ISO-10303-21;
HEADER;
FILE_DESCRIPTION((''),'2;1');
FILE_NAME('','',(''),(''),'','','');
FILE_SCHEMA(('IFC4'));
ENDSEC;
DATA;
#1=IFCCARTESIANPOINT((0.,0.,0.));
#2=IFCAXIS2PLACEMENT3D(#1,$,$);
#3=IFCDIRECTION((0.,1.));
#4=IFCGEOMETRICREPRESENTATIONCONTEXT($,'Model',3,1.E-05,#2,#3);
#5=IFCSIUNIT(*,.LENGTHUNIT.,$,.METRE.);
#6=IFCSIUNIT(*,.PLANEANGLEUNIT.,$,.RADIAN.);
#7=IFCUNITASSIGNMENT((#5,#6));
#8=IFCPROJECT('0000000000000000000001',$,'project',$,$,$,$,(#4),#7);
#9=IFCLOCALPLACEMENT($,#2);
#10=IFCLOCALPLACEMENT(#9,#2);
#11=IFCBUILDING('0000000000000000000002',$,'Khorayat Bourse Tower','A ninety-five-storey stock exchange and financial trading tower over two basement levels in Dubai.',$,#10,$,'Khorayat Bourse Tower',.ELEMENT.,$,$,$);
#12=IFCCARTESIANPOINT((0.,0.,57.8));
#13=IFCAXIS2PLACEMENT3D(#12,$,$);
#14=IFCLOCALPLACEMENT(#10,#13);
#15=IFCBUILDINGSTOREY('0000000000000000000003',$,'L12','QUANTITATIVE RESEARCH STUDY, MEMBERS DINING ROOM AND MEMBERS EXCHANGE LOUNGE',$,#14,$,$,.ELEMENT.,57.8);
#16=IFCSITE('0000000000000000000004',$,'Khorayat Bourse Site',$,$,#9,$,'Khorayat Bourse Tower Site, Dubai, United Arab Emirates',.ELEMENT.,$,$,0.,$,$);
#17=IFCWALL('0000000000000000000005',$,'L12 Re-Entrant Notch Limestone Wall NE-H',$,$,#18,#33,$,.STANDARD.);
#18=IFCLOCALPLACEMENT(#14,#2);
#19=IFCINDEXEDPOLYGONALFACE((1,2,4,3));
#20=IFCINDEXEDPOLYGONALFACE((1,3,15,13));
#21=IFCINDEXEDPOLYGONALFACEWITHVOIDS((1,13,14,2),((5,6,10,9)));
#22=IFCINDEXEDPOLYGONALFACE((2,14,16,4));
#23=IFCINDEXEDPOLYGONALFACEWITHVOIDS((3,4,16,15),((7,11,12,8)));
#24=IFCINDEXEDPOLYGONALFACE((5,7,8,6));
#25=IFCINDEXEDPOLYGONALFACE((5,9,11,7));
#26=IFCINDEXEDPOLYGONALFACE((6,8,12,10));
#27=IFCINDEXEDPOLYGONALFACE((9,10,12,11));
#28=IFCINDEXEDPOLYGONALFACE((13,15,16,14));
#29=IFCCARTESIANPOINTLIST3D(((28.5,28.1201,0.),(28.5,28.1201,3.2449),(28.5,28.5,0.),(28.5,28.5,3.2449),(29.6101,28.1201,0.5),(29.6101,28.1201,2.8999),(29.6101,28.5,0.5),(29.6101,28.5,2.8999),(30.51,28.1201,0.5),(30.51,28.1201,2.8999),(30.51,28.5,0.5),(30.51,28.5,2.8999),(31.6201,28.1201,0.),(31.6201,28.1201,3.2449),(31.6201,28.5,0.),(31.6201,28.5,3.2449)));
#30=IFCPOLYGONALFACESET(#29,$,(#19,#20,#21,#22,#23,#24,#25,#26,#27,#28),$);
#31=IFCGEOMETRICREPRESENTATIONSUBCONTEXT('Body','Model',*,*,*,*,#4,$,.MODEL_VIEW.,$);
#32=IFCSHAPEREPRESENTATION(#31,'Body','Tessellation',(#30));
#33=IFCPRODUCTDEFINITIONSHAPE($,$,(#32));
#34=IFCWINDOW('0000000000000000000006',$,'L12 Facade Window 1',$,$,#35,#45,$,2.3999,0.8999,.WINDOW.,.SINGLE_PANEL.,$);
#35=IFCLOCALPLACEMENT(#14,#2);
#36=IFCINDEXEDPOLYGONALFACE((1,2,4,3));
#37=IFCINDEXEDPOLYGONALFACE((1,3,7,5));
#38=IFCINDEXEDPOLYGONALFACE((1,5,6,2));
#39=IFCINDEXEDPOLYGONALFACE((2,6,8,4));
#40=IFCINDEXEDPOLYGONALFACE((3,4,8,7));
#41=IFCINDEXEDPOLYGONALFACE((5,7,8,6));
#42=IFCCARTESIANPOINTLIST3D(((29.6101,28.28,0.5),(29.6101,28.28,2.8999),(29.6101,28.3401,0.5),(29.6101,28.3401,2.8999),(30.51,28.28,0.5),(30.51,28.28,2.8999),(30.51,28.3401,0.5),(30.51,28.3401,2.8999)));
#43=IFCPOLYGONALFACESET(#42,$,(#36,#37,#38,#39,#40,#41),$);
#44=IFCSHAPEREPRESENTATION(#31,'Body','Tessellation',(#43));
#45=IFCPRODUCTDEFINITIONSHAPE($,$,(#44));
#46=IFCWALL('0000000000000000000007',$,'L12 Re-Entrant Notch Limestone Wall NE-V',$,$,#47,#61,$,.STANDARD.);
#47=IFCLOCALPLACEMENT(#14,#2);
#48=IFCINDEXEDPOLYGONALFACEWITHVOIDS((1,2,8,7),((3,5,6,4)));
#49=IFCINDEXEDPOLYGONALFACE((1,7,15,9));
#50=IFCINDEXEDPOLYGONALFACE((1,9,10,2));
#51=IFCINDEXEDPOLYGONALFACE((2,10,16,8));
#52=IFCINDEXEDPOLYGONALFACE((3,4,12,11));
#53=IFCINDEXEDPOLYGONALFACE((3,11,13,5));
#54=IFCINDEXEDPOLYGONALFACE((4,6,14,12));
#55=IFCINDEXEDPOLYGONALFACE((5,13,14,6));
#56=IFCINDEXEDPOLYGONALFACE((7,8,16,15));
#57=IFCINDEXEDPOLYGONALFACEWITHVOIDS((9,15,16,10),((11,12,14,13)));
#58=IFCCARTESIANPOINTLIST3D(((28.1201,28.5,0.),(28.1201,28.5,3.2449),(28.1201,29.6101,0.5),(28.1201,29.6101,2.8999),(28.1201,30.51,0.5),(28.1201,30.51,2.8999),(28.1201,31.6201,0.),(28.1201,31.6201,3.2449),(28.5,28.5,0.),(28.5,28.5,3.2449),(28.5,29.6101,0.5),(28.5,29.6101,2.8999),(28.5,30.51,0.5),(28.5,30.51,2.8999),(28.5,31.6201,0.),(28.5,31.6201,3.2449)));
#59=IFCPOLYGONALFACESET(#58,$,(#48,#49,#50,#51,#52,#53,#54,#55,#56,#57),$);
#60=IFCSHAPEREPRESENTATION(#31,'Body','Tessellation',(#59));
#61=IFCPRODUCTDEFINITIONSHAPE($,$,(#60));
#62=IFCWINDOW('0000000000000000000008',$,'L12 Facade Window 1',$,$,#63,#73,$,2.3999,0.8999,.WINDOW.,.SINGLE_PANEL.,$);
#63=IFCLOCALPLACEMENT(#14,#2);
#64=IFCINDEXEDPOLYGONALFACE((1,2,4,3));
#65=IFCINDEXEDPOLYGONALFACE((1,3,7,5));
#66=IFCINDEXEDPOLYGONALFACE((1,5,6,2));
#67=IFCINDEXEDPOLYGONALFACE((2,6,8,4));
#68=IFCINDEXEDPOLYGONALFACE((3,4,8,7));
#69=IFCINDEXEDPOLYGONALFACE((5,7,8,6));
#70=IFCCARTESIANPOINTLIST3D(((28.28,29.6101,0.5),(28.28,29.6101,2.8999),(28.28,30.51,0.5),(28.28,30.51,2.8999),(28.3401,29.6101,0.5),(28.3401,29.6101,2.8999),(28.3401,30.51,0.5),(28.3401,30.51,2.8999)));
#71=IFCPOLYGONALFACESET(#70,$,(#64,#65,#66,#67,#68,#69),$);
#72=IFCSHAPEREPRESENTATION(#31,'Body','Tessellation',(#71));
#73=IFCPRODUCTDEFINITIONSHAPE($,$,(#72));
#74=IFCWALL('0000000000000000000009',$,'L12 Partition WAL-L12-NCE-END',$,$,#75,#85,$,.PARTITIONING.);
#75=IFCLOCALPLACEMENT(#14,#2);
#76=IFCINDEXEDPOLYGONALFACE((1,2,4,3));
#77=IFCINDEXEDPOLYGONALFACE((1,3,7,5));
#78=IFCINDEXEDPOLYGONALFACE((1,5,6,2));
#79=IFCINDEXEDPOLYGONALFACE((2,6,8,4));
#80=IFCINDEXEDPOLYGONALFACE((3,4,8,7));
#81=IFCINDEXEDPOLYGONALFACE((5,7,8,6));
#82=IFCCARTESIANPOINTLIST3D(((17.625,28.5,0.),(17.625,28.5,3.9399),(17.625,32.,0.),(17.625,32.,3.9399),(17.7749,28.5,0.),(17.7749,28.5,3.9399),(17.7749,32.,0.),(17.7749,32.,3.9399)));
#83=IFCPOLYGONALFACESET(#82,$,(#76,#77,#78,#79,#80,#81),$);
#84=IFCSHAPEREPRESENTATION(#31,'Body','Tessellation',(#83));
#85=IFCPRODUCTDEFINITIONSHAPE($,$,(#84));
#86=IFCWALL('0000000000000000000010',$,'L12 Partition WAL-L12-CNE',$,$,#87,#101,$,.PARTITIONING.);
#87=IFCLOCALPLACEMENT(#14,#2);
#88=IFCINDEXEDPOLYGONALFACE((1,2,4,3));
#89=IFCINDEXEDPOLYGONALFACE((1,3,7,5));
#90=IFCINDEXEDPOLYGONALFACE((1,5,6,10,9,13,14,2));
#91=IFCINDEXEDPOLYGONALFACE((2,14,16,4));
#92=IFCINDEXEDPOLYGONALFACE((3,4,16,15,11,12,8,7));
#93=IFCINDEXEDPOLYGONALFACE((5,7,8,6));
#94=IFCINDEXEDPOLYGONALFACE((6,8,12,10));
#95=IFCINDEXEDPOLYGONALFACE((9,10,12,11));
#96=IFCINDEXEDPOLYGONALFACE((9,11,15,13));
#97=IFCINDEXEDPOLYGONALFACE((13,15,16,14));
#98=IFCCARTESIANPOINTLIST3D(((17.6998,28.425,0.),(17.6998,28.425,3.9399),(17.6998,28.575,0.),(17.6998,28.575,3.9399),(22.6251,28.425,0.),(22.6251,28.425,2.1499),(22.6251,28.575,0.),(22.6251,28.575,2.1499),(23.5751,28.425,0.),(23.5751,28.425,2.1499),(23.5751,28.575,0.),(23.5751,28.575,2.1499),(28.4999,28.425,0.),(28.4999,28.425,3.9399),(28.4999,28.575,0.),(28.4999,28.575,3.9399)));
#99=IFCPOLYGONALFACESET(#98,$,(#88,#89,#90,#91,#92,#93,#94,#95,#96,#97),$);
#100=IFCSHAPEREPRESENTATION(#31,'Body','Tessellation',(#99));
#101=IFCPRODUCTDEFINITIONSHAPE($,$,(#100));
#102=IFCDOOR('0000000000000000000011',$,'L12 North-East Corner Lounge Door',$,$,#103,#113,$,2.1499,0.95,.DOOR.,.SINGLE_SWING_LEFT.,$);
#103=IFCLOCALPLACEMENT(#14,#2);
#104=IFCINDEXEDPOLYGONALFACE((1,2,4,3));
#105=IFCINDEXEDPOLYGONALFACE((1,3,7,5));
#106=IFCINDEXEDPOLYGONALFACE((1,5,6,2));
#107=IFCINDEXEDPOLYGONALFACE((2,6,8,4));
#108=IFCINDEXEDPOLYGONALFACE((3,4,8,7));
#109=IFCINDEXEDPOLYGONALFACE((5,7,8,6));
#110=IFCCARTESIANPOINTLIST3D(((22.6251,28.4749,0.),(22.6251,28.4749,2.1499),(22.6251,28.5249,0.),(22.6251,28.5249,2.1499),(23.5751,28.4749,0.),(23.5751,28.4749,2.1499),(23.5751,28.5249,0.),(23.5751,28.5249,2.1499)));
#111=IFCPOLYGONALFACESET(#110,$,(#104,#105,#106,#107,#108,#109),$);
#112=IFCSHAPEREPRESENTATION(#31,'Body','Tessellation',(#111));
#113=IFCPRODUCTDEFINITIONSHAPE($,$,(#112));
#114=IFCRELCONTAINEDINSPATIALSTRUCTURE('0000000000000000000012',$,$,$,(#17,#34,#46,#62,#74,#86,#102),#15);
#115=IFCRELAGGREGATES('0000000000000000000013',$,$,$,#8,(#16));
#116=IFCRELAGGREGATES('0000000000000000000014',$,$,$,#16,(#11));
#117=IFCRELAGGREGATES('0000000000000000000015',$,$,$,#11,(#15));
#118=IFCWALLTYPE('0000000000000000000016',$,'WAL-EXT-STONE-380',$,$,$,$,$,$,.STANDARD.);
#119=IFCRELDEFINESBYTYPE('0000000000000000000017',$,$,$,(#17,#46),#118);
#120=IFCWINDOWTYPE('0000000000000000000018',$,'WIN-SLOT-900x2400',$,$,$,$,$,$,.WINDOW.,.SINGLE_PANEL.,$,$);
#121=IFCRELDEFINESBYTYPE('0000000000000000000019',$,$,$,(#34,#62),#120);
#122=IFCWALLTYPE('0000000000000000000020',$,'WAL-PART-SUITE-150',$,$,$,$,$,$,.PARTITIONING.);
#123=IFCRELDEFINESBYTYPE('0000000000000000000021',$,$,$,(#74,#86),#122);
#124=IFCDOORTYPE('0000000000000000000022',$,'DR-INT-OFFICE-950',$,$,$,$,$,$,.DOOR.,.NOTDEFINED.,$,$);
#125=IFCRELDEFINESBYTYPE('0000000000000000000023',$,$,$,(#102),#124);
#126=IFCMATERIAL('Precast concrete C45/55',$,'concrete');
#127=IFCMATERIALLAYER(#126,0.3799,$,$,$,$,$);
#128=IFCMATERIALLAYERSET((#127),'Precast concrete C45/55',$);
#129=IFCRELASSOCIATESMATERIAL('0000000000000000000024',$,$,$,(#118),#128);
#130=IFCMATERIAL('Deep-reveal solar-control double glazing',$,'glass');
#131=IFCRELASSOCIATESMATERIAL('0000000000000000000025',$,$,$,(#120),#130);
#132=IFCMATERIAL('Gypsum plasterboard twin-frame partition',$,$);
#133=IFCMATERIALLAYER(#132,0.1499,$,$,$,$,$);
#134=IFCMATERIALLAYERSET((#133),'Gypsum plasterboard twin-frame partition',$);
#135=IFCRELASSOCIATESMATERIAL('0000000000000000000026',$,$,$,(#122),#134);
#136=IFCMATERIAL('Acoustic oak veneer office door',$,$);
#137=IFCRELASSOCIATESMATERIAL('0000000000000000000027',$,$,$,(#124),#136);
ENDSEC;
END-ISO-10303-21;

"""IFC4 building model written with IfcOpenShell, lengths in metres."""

from ifc_helpers import new_model, si_unit, direction, frame, frame_2d, origin, place, context, subcontext, project, spatial, rectangle, extrude, source, transform, mapped, material, layer, layer_set, type_object, element, fill, save


model = new_model("IFC4")

# Units and contexts
model_context = context("Model", 3, precision=1e-05, world=origin(), true_north=direction((0.0, 1.0)))
body_context = subcontext(model_context, "Body", "Model", "MODEL_VIEW")
ifc_project = project(units=[si_unit("LENGTHUNIT", "METRE"), si_unit("PLANEANGLEUNIT", "RADIAN")], contexts=[model_context])

# Site, building, storey
site_placement = place(None, origin())
site = spatial("IfcSite", under=ifc_project, at=site_placement, Name="Khorayat Bourse Site", LongName="Khorayat Bourse Tower Site, Dubai, United Arab Emirates", CompositionType="ELEMENT", RefElevation=0.0)
building_placement = place(site_placement, origin())
building = spatial("IfcBuilding", under=site, at=building_placement, Name="Khorayat Bourse Tower", Description="A ninety-five-storey stock exchange and financial trading tower over two basement levels in Dubai.", LongName="Khorayat Bourse Tower", CompositionType="ELEMENT")
storey_placement = place(building_placement, frame((0.0, 0.0, 57.8)))
storey = spatial("IfcBuildingStorey", under=building, at=storey_placement, Name="L12", Description="QUANTITATIVE RESEARCH STUDY, MEMBERS DINING ROOM AND MEMBERS EXCHANGE LOUNGE", CompositionType="ELEMENT", Elevation=57.8)

# Walls, openings, windows
ifc_material_1 = material(Name="Precast concrete C45/55", Category="concrete")
ifc_layer_1 = layer(ifc_material_1, 0.3799)
ifc_layer_set_1 = layer_set([ifc_layer_1], Name="Precast concrete C45/55")
wall_type_1 = type_object("IfcWallType", Name="WAL-EXT-STONE-380", PredefinedType="STANDARD", material=ifc_layer_set_1)
shared_shape_1 = source(origin(), body_context, "Body", "SweptSolid", [
    extrude(rectangle(XDim=3.1201, YDim=0.3799, at=frame_2d((1.5601, 0.0))), origin(), (0.0, 0.0, 1.0), 3.2449),
])
wall_1_placement = place(storey_placement, frame((28.5, 28.3101, 0.0), z_axis=(0.0, 0.0, 1.0), x_axis=(1.0, 0.0, 0.0)))
wall_1 = element("IfcWall", 1, at=wall_1_placement, inside=storey, type_object=wall_type_1, Name="L12 Re-Entrant Notch Limestone Wall NE-H", PredefinedType="STANDARD", context=body_context, shape_type="MappedRepresentation", body=[
    mapped(shared_shape_1, transform((0.0, 0.0, 0.0), scale=1.0)),
])
shared_shape_2 = source(origin(), body_context, "Body", "SweptSolid", [
    extrude(rectangle(XDim=0.8999, YDim=2.3999, at=frame_2d((0.45, 1.2))), frame((0.0, 0.2, 0.0), z_axis=(0.0, -1.0, 0.0), x_axis=(1.0, 0.0, 0.0)), (0.0, 0.0, 1.0), 0.3999),
])
opening_1_placement = place(wall_1_placement, frame((1.1101, 0.0, 0.5)))
opening_1 = element("IfcOpeningElement", 2, at=opening_1_placement, cuts=wall_1, PredefinedType="OPENING", context=body_context, shape_type="MappedRepresentation", body=[
    mapped(shared_shape_2, transform((0.0, 0.0, 0.0), scale=1.0)),
])
ifc_material_2 = material(Name="Deep-reveal solar-control double glazing", Category="glass")
window_type = type_object("IfcWindowType", Name="WIN-SLOT-900x2400", PartitioningType="SINGLE_PANEL", PredefinedType="WINDOW", material=ifc_material_2)
shared_shape_3 = source(origin(), body_context, "Body", "SweptSolid", [
    extrude(rectangle(XDim=0.8999, YDim=2.3999, at=frame_2d((0.45, 1.2))), frame((0.0, 0.03, 0.0), z_axis=(0.0, -1.0, 0.0), x_axis=(1.0, 0.0, 0.0)), (0.0, 0.0, 1.0), 0.0601),
])
window_1_placement = place(opening_1_placement, origin())
window_1 = element("IfcWindow", 3, at=window_1_placement, inside=storey, type_object=window_type, Name="L12 Facade Window 1", OverallHeight=2.3999, OverallWidth=0.8999, PartitioningType="SINGLE_PANEL", PredefinedType="WINDOW", context=body_context, shape_type="MappedRepresentation", body=[
    mapped(shared_shape_3, transform((0.0, 0.0, 0.0), scale=1.0)),
])
fill(opening_1, window_1)
wall_2_placement = place(storey_placement, frame((28.3101, 28.5, 0.0), z_axis=(0.0, 0.0, 1.0), x_axis=(0.0, 1.0, 0.0)))
wall_2 = element("IfcWall", 4, at=wall_2_placement, inside=storey, type_object=wall_type_1, Name="L12 Re-Entrant Notch Limestone Wall NE-V", PredefinedType="STANDARD", context=body_context, shape_type="MappedRepresentation", body=[
    mapped(shared_shape_1, transform((0.0, 0.0, 0.0), scale=1.0)),
])
opening_2_placement = place(wall_2_placement, frame((1.1101, 0.0, 0.5)))
opening_2 = element("IfcOpeningElement", 5, at=opening_2_placement, cuts=wall_2, PredefinedType="OPENING", context=body_context, shape_type="MappedRepresentation", body=[
    mapped(shared_shape_2, transform((0.0, 0.0, 0.0), scale=1.0)),
])
window_2_placement = place(opening_2_placement, origin())
window_2 = element("IfcWindow", 6, at=window_2_placement, inside=storey, type_object=window_type, Name="L12 Facade Window 1", OverallHeight=2.3999, OverallWidth=0.8999, PartitioningType="SINGLE_PANEL", PredefinedType="WINDOW", context=body_context, shape_type="MappedRepresentation", body=[
    mapped(shared_shape_3, transform((0.0, 0.0, 0.0), scale=1.0)),
])
fill(opening_2, window_2)

# Wall
ifc_material_3 = material(Name="Gypsum plasterboard twin-frame partition")
ifc_layer_2 = layer(ifc_material_3, 0.1499)
ifc_layer_set_2 = layer_set([ifc_layer_2], Name="Gypsum plasterboard twin-frame partition")
wall_type_2 = type_object("IfcWallType", Name="WAL-PART-SUITE-150", PredefinedType="PARTITIONING", material=ifc_layer_set_2)
shared_shape_4 = source(origin(), body_context, "Body", "SweptSolid", [
    extrude(rectangle(XDim=3.5, YDim=0.1499, at=frame_2d((1.75, 0.0))), origin(), (0.0, 0.0, 1.0), 3.9399),
])
wall_3_placement = place(storey_placement, frame((17.7, 28.5, 0.0), z_axis=(0.0, 0.0, 1.0), x_axis=(0.0, 1.0, 0.0)))
element("IfcWall", 7, at=wall_3_placement, inside=storey, type_object=wall_type_2, Name="L12 Partition WAL-L12-NCE-END", PredefinedType="PARTITIONING", context=body_context, shape_type="MappedRepresentation", body=[
    mapped(shared_shape_4, transform((0.0, 0.0, 0.0), scale=1.0)),
])

# Wall, opening, door
shared_shape_5 = source(origin(), body_context, "Body", "SweptSolid", [
    extrude(rectangle(XDim=10.8, YDim=0.1499, at=frame_2d((5.3999, 0.0))), origin(), (0.0, 0.0, 1.0), 3.9399),
])
wall_4_placement = place(storey_placement, frame((17.7, 28.5, 0.0), z_axis=(0.0, 0.0, 1.0), x_axis=(1.0, 0.0, 0.0)))
wall_4 = element("IfcWall", 8, at=wall_4_placement, inside=storey, type_object=wall_type_2, Name="L12 Partition WAL-L12-CNE", PredefinedType="PARTITIONING", context=body_context, shape_type="MappedRepresentation", body=[
    mapped(shared_shape_5, transform((0.0, 0.0, 0.0), scale=1.0)),
])
shared_shape_6 = source(origin(), body_context, "Body", "SweptSolid", [
    extrude(rectangle(XDim=0.95, YDim=2.1499, at=frame_2d((0.4751, 1.075))), frame((0.0, 0.085, 0.0), z_axis=(0.0, -1.0, 0.0), x_axis=(1.0, 0.0, 0.0)), (0.0, 0.0, 1.0), 0.1699),
])
opening_3_placement = place(wall_4_placement, frame((4.925, 0.0, 0.0)))
opening_3 = element("IfcOpeningElement", 9, at=opening_3_placement, cuts=wall_4, PredefinedType="OPENING", context=body_context, shape_type="MappedRepresentation", body=[
    mapped(shared_shape_6, transform((0.0, 0.0, 0.0), scale=1.0)),
])
ifc_material_4 = material(Name="Acoustic oak veneer office door")
door_type = type_object("IfcDoorType", Name="DR-INT-OFFICE-950", OperationType="NOTDEFINED", PredefinedType="DOOR", material=ifc_material_4)
shared_shape_7 = source(origin(), body_context, "Body", "SweptSolid", [
    extrude(rectangle(XDim=0.95, YDim=2.1499, at=frame_2d((0.4751, 1.075))), frame((0.0, 0.0249, 0.0), z_axis=(0.0, -1.0, 0.0), x_axis=(1.0, 0.0, 0.0)), (0.0, 0.0, 1.0), 0.05),
])
door_placement = place(opening_3_placement, origin())
door = element("IfcDoor", 10, at=door_placement, inside=storey, type_object=door_type, Name="L12 North-East Corner Lounge Door", OperationType="SINGLE_SWING_LEFT", OverallHeight=2.1499, OverallWidth=0.95, PredefinedType="DOOR", context=body_context, shape_type="MappedRepresentation", body=[
    mapped(shared_shape_7, transform((0.0, 0.0, 0.0), scale=1.0)),
])
fill(opening_3, door)

save(model, "model.ifc")
